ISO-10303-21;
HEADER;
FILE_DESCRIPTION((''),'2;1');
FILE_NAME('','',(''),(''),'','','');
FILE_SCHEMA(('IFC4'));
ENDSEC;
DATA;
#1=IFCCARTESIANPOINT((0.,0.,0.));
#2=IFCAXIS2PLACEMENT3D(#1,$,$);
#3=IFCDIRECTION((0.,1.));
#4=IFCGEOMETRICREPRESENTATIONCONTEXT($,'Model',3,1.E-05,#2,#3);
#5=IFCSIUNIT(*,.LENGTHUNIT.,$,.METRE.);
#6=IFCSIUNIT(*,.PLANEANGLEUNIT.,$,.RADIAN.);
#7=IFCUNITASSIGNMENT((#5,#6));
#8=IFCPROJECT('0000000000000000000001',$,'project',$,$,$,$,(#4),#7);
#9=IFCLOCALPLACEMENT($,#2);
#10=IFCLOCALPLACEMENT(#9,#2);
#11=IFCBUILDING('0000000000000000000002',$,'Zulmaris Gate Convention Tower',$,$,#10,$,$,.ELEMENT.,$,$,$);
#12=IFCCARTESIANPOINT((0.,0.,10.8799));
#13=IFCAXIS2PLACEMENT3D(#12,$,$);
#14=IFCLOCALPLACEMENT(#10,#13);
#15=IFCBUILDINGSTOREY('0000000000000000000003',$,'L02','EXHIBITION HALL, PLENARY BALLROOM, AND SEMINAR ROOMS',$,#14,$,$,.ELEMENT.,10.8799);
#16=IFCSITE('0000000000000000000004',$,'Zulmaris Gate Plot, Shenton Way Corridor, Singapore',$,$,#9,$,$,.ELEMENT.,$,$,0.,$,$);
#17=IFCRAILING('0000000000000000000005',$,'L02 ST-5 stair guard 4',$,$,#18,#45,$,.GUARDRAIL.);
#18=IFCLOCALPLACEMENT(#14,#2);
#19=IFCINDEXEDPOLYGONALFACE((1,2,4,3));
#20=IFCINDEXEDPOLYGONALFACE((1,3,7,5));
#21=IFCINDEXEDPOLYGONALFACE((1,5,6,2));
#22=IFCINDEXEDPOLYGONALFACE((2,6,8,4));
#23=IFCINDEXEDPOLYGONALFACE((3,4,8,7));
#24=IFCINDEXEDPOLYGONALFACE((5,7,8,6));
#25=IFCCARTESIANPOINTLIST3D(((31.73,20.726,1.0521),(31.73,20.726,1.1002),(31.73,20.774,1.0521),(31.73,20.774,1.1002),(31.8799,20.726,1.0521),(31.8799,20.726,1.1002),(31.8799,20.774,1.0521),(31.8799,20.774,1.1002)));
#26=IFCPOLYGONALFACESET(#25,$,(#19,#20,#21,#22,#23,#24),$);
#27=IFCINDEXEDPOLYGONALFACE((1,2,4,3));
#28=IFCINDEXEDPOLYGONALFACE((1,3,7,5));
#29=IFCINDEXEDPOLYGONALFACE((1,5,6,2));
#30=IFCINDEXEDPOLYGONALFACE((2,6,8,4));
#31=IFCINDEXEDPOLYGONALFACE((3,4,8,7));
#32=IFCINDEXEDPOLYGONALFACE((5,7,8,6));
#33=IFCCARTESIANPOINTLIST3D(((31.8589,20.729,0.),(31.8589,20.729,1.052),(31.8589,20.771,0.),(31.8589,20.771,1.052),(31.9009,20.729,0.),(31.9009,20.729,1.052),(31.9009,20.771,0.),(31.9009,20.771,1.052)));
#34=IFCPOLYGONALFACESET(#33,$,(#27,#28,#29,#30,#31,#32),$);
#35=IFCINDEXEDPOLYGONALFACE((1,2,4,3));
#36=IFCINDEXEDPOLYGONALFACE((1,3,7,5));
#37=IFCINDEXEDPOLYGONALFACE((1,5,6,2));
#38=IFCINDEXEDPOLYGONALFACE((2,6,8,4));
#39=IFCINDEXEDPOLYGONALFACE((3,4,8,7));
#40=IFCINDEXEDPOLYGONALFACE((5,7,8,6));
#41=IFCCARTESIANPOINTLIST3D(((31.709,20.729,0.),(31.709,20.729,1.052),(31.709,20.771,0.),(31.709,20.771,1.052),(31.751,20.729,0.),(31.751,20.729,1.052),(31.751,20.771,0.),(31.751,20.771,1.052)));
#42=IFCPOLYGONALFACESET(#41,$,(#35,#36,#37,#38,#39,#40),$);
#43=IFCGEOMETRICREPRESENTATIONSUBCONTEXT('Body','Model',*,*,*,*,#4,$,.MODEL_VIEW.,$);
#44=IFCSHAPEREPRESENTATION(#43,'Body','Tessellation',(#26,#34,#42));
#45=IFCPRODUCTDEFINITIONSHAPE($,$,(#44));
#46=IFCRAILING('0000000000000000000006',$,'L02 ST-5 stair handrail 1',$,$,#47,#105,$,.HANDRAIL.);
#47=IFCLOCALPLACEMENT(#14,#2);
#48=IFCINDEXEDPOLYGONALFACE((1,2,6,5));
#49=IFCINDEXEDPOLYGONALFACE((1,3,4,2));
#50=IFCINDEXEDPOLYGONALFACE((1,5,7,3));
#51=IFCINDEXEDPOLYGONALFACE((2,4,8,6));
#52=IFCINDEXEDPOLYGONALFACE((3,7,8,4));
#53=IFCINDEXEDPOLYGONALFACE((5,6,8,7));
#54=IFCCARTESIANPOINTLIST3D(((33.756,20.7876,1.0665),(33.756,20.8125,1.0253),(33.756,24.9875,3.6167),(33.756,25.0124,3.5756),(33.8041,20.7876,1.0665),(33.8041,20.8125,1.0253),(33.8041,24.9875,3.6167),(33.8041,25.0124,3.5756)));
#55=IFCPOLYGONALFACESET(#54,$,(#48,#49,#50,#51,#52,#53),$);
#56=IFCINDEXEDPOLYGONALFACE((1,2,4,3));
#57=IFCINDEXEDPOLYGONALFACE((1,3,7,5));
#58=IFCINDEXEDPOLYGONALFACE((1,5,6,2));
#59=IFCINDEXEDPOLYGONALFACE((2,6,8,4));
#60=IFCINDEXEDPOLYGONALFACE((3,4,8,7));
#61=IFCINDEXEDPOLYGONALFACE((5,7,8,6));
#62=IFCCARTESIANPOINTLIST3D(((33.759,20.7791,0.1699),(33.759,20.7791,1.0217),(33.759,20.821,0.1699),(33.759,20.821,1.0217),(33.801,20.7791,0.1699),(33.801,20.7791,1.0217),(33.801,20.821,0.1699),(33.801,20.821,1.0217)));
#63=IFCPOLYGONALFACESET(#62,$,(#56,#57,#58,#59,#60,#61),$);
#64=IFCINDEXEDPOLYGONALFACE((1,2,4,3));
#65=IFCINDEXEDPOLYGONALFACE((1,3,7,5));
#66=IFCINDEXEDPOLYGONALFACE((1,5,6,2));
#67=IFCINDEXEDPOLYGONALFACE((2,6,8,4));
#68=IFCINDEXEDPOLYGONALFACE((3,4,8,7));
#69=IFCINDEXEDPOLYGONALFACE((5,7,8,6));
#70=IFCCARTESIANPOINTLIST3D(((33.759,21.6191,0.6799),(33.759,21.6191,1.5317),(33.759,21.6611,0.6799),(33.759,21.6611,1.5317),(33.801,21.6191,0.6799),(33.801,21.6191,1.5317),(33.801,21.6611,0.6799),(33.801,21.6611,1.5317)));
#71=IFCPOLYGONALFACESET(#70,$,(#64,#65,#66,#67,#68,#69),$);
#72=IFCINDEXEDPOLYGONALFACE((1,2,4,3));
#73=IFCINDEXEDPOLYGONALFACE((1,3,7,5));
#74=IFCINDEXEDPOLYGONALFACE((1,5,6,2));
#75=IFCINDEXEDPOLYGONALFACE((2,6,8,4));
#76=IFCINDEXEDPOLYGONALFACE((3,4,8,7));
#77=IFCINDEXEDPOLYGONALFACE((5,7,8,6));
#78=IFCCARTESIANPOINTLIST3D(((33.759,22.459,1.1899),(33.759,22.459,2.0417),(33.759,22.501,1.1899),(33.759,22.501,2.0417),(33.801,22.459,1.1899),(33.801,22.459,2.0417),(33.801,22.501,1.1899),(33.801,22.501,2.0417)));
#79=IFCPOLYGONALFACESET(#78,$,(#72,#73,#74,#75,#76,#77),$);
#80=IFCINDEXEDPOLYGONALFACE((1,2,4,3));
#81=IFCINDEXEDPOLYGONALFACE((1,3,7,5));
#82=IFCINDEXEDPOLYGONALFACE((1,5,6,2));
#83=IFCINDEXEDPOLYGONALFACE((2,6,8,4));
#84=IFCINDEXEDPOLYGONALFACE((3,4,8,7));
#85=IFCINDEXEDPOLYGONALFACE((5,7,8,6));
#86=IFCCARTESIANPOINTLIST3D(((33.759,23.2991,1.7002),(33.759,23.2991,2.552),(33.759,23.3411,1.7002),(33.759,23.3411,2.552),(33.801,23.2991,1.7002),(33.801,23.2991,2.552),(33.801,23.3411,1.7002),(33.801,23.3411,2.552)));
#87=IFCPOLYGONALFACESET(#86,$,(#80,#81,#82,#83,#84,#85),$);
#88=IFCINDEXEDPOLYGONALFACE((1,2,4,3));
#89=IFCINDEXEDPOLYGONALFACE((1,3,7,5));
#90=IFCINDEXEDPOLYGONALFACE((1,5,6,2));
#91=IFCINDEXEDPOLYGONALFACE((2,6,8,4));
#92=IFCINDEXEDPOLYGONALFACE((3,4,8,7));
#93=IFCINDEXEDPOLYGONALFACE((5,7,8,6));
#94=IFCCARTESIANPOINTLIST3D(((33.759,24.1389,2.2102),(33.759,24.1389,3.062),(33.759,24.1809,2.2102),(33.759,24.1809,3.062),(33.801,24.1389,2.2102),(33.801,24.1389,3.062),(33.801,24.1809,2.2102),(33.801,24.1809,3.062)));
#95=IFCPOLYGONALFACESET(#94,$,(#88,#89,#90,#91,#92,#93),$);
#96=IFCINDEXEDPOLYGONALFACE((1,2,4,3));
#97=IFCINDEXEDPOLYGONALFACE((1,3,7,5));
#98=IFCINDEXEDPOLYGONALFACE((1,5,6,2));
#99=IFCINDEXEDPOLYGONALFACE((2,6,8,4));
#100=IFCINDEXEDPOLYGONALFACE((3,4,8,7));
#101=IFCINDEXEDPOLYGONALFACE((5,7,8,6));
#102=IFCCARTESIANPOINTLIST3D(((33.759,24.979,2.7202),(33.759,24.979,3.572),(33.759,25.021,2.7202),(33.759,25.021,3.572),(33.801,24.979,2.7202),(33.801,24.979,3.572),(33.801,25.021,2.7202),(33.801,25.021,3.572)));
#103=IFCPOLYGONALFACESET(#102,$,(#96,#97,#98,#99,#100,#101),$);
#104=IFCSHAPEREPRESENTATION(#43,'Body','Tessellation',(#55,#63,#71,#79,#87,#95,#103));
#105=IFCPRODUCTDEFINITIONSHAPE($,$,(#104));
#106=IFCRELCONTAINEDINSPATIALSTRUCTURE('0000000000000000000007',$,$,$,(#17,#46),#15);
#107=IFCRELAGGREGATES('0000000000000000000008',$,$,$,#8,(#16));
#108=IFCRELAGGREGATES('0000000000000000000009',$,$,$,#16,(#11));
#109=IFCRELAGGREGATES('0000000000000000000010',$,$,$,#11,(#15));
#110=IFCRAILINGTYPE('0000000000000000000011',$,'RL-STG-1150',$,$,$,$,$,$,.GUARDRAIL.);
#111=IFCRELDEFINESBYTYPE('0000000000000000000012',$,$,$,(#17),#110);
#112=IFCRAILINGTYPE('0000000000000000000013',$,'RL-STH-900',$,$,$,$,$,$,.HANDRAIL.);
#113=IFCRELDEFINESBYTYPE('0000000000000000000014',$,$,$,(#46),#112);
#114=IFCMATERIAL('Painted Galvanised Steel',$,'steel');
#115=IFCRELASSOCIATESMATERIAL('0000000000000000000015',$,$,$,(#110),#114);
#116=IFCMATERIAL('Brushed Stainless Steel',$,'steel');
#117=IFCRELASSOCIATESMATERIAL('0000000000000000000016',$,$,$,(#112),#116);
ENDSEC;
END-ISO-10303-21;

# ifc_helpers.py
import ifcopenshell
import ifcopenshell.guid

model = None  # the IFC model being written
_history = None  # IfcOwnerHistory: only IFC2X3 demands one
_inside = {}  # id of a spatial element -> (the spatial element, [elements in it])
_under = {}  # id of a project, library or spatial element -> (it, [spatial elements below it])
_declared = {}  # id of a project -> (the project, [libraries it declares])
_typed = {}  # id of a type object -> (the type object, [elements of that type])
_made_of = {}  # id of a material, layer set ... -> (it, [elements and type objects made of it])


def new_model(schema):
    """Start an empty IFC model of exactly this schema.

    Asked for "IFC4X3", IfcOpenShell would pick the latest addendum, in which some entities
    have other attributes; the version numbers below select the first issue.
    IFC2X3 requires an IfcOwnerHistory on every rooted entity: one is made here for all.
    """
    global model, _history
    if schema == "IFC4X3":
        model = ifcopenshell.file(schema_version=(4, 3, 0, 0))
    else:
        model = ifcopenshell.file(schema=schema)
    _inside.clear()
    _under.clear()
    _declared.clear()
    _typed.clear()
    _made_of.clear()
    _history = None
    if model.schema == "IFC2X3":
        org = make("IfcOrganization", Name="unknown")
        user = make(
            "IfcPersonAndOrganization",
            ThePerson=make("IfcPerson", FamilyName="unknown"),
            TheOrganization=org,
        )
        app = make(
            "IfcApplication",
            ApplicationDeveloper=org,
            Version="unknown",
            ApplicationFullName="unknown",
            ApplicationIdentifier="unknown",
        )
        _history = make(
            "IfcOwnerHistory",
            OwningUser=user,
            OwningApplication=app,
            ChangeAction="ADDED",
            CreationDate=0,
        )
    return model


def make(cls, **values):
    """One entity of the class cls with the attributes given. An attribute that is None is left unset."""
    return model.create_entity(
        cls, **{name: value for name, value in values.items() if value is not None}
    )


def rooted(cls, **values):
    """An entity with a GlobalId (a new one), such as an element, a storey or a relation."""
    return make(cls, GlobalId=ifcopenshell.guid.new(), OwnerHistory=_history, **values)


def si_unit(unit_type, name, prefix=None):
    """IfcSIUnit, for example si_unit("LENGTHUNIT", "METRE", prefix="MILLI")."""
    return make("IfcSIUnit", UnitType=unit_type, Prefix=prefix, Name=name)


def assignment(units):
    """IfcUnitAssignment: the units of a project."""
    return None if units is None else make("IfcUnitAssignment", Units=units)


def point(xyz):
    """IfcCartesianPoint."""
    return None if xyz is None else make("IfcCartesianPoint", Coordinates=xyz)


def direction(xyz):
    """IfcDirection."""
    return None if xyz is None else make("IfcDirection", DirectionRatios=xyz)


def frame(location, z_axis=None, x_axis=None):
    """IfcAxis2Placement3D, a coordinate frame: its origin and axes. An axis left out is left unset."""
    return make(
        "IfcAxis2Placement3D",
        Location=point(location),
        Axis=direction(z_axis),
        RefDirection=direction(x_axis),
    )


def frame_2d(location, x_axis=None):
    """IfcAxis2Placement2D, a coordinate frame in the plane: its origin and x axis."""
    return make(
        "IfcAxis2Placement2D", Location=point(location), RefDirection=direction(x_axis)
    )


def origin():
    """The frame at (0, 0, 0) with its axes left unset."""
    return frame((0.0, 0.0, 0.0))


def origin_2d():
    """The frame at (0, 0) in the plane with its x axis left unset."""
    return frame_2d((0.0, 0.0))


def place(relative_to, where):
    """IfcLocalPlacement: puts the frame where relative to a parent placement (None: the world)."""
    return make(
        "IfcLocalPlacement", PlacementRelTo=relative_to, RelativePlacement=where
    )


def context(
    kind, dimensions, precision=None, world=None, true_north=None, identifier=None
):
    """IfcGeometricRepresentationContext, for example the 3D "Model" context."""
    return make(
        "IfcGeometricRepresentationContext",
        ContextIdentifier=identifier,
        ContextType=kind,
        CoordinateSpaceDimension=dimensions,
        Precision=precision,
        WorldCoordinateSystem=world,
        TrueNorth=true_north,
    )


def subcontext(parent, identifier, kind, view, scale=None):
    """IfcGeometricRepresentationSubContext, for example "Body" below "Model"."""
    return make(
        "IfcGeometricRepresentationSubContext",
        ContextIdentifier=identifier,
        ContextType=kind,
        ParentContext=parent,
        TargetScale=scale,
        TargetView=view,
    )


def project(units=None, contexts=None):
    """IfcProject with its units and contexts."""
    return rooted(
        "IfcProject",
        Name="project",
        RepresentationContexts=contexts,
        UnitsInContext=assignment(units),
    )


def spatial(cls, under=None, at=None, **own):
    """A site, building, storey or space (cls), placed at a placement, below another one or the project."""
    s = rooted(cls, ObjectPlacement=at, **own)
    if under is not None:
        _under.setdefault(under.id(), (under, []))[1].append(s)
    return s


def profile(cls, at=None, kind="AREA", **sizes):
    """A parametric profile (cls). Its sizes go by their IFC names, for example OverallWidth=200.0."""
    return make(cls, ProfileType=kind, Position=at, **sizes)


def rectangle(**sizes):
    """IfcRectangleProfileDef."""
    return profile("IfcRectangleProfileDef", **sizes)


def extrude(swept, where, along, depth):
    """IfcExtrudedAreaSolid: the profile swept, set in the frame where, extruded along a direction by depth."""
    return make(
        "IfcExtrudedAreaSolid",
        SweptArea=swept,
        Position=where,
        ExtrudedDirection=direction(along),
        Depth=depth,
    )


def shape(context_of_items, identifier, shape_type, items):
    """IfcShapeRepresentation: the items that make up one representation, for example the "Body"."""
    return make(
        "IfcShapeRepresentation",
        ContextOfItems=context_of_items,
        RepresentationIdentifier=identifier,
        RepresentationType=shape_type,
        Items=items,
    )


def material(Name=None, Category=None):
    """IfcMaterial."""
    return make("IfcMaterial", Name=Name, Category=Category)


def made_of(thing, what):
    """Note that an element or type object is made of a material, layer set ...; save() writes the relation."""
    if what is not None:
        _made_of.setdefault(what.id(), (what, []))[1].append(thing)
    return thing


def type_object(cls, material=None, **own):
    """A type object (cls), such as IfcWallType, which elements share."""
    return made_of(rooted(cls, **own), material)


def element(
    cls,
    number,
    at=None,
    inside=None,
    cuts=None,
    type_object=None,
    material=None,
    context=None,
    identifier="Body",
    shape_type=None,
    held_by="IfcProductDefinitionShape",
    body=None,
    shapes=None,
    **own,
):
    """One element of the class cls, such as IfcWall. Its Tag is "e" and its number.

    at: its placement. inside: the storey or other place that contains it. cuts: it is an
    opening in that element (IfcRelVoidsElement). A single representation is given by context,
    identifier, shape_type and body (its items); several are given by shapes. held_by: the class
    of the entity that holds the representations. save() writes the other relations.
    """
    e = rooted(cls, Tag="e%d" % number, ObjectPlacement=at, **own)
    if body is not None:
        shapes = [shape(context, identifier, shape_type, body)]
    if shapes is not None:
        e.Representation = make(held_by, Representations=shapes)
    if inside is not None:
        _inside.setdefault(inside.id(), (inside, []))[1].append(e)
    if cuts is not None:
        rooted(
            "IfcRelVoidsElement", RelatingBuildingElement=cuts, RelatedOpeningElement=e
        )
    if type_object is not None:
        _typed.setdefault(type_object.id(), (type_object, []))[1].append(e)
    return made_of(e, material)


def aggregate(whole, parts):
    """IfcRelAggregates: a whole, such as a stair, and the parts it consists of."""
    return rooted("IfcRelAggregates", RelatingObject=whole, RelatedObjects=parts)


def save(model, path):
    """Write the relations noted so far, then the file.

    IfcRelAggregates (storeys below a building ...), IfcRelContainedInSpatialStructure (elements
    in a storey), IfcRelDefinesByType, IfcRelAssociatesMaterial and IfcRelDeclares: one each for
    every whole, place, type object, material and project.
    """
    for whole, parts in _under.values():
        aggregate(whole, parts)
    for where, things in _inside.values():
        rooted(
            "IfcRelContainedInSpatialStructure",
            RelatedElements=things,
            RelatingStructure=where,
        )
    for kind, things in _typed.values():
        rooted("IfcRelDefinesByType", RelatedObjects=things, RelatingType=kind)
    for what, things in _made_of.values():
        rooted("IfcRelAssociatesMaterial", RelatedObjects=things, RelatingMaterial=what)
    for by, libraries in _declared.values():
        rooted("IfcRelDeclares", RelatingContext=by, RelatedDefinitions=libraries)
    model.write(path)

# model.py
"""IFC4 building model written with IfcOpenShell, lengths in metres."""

from ifc_helpers import new_model, si_unit, direction, frame, origin, origin_2d, place, context, subcontext, project, spatial, rectangle, extrude, material, type_object, element, save


model = new_model("IFC4")

# Units and contexts
model_context = context("Model", 3, precision=1e-05, world=origin(), true_north=direction((0.0, 1.0)))
body_context = subcontext(model_context, "Body", "Model", "MODEL_VIEW")
ifc_project = project(units=[si_unit("LENGTHUNIT", "METRE"), si_unit("PLANEANGLEUNIT", "RADIAN")], contexts=[model_context])

# Site, building, storey
site_placement = place(None, origin())
site = spatial("IfcSite", under=ifc_project, at=site_placement, Name="Zulmaris Gate Plot, Shenton Way Corridor, Singapore", CompositionType="ELEMENT", RefElevation=0.0)
building_placement = place(site_placement, origin())
building = spatial("IfcBuilding", under=site, at=building_placement, Name="Zulmaris Gate Convention Tower", CompositionType="ELEMENT")
storey_placement = place(building_placement, frame((0.0, 0.0, 10.8799)))
storey = spatial("IfcBuildingStorey", under=building, at=storey_placement, Name="L02", Description="EXHIBITION HALL, PLENARY BALLROOM, AND SEMINAR ROOMS", CompositionType="ELEMENT", Elevation=10.8799)

# Railings
ifc_material_1 = material(Name="Painted Galvanised Steel", Category="steel")
railing_type_1 = type_object("IfcRailingType", Name="RL-STG-1150", PredefinedType="GUARDRAIL", material=ifc_material_1)
railing_1_placement = place(storey_placement, frame((31.8799, 20.75, 0.0)))
element("IfcRailing", 1, at=railing_1_placement, inside=storey, type_object=railing_type_1, Name="L02 ST-5 stair guard 4", PredefinedType="GUARDRAIL", context=body_context, shape_type="SweptSolid", body=[
    extrude(rectangle(XDim=0.0481, YDim=0.0481, at=origin_2d()), frame((0.0, 0.0, 1.0762), z_axis=(-1.0, 0.0, 0.0), x_axis=(0.0, -1.0, 0.0)), (0.0, 0.0, 1.0), 0.1499),
    extrude(rectangle(XDim=0.042, YDim=0.042, at=origin_2d()), origin(), (0.0, 0.0, 1.0), 1.052),
    extrude(rectangle(XDim=0.042, YDim=0.042, at=origin_2d()), frame((-0.1499, 0.0, 0.0)), (0.0, 0.0, 1.0), 1.052),
])
ifc_material_2 = material(Name="Brushed Stainless Steel", Category="steel")
railing_type_2 = type_object("IfcRailingType", Name="RL-STH-900", PredefinedType="HANDRAIL", material=ifc_material_2)
railing_2_placement = place(storey_placement, frame((33.78, 20.8, 0.1699)))
element("IfcRailing", 2, at=railing_2_placement, inside=storey, type_object=railing_type_2, Name="L02 ST-5 stair handrail 1", PredefinedType="HANDRAIL", context=body_context, shape_type="SweptSolid", body=[
    extrude(rectangle(XDim=0.0481, YDim=0.0481, at=origin_2d()), frame((0.0, 0.0, 0.876), z_axis=(0.0, 0.854758, 0.519026), x_axis=(-1.0, 0.0, 0.0)), (0.0, 0.0, 1.0), 4.9136),
    extrude(rectangle(XDim=0.042, YDim=0.042, at=origin_2d()), origin(), (0.0, 0.0, 1.0), 0.8518),
    extrude(rectangle(XDim=0.042, YDim=0.042, at=origin_2d()), frame((0.0, 0.8401, 0.51)), (0.0, 0.0, 1.0), 0.8518),
    extrude(rectangle(XDim=0.042, YDim=0.042, at=origin_2d()), frame((0.0, 1.6799, 1.02)), (0.0, 0.0, 1.0), 0.8518),
    extrude(rectangle(XDim=0.042, YDim=0.042, at=origin_2d()), frame((0.0, 2.52, 1.5303)), (0.0, 0.0, 1.0), 0.8518),
    extrude(rectangle(XDim=0.042, YDim=0.042, at=origin_2d()), frame((0.0, 3.3599, 2.0403)), (0.0, 0.0, 1.0), 0.8518),
    extrude(rectangle(XDim=0.042, YDim=0.042, at=origin_2d()), frame((0.0, 4.2, 2.5503)), (0.0, 0.0, 1.0), 0.8518),
])

save(model, "model.ifc")
